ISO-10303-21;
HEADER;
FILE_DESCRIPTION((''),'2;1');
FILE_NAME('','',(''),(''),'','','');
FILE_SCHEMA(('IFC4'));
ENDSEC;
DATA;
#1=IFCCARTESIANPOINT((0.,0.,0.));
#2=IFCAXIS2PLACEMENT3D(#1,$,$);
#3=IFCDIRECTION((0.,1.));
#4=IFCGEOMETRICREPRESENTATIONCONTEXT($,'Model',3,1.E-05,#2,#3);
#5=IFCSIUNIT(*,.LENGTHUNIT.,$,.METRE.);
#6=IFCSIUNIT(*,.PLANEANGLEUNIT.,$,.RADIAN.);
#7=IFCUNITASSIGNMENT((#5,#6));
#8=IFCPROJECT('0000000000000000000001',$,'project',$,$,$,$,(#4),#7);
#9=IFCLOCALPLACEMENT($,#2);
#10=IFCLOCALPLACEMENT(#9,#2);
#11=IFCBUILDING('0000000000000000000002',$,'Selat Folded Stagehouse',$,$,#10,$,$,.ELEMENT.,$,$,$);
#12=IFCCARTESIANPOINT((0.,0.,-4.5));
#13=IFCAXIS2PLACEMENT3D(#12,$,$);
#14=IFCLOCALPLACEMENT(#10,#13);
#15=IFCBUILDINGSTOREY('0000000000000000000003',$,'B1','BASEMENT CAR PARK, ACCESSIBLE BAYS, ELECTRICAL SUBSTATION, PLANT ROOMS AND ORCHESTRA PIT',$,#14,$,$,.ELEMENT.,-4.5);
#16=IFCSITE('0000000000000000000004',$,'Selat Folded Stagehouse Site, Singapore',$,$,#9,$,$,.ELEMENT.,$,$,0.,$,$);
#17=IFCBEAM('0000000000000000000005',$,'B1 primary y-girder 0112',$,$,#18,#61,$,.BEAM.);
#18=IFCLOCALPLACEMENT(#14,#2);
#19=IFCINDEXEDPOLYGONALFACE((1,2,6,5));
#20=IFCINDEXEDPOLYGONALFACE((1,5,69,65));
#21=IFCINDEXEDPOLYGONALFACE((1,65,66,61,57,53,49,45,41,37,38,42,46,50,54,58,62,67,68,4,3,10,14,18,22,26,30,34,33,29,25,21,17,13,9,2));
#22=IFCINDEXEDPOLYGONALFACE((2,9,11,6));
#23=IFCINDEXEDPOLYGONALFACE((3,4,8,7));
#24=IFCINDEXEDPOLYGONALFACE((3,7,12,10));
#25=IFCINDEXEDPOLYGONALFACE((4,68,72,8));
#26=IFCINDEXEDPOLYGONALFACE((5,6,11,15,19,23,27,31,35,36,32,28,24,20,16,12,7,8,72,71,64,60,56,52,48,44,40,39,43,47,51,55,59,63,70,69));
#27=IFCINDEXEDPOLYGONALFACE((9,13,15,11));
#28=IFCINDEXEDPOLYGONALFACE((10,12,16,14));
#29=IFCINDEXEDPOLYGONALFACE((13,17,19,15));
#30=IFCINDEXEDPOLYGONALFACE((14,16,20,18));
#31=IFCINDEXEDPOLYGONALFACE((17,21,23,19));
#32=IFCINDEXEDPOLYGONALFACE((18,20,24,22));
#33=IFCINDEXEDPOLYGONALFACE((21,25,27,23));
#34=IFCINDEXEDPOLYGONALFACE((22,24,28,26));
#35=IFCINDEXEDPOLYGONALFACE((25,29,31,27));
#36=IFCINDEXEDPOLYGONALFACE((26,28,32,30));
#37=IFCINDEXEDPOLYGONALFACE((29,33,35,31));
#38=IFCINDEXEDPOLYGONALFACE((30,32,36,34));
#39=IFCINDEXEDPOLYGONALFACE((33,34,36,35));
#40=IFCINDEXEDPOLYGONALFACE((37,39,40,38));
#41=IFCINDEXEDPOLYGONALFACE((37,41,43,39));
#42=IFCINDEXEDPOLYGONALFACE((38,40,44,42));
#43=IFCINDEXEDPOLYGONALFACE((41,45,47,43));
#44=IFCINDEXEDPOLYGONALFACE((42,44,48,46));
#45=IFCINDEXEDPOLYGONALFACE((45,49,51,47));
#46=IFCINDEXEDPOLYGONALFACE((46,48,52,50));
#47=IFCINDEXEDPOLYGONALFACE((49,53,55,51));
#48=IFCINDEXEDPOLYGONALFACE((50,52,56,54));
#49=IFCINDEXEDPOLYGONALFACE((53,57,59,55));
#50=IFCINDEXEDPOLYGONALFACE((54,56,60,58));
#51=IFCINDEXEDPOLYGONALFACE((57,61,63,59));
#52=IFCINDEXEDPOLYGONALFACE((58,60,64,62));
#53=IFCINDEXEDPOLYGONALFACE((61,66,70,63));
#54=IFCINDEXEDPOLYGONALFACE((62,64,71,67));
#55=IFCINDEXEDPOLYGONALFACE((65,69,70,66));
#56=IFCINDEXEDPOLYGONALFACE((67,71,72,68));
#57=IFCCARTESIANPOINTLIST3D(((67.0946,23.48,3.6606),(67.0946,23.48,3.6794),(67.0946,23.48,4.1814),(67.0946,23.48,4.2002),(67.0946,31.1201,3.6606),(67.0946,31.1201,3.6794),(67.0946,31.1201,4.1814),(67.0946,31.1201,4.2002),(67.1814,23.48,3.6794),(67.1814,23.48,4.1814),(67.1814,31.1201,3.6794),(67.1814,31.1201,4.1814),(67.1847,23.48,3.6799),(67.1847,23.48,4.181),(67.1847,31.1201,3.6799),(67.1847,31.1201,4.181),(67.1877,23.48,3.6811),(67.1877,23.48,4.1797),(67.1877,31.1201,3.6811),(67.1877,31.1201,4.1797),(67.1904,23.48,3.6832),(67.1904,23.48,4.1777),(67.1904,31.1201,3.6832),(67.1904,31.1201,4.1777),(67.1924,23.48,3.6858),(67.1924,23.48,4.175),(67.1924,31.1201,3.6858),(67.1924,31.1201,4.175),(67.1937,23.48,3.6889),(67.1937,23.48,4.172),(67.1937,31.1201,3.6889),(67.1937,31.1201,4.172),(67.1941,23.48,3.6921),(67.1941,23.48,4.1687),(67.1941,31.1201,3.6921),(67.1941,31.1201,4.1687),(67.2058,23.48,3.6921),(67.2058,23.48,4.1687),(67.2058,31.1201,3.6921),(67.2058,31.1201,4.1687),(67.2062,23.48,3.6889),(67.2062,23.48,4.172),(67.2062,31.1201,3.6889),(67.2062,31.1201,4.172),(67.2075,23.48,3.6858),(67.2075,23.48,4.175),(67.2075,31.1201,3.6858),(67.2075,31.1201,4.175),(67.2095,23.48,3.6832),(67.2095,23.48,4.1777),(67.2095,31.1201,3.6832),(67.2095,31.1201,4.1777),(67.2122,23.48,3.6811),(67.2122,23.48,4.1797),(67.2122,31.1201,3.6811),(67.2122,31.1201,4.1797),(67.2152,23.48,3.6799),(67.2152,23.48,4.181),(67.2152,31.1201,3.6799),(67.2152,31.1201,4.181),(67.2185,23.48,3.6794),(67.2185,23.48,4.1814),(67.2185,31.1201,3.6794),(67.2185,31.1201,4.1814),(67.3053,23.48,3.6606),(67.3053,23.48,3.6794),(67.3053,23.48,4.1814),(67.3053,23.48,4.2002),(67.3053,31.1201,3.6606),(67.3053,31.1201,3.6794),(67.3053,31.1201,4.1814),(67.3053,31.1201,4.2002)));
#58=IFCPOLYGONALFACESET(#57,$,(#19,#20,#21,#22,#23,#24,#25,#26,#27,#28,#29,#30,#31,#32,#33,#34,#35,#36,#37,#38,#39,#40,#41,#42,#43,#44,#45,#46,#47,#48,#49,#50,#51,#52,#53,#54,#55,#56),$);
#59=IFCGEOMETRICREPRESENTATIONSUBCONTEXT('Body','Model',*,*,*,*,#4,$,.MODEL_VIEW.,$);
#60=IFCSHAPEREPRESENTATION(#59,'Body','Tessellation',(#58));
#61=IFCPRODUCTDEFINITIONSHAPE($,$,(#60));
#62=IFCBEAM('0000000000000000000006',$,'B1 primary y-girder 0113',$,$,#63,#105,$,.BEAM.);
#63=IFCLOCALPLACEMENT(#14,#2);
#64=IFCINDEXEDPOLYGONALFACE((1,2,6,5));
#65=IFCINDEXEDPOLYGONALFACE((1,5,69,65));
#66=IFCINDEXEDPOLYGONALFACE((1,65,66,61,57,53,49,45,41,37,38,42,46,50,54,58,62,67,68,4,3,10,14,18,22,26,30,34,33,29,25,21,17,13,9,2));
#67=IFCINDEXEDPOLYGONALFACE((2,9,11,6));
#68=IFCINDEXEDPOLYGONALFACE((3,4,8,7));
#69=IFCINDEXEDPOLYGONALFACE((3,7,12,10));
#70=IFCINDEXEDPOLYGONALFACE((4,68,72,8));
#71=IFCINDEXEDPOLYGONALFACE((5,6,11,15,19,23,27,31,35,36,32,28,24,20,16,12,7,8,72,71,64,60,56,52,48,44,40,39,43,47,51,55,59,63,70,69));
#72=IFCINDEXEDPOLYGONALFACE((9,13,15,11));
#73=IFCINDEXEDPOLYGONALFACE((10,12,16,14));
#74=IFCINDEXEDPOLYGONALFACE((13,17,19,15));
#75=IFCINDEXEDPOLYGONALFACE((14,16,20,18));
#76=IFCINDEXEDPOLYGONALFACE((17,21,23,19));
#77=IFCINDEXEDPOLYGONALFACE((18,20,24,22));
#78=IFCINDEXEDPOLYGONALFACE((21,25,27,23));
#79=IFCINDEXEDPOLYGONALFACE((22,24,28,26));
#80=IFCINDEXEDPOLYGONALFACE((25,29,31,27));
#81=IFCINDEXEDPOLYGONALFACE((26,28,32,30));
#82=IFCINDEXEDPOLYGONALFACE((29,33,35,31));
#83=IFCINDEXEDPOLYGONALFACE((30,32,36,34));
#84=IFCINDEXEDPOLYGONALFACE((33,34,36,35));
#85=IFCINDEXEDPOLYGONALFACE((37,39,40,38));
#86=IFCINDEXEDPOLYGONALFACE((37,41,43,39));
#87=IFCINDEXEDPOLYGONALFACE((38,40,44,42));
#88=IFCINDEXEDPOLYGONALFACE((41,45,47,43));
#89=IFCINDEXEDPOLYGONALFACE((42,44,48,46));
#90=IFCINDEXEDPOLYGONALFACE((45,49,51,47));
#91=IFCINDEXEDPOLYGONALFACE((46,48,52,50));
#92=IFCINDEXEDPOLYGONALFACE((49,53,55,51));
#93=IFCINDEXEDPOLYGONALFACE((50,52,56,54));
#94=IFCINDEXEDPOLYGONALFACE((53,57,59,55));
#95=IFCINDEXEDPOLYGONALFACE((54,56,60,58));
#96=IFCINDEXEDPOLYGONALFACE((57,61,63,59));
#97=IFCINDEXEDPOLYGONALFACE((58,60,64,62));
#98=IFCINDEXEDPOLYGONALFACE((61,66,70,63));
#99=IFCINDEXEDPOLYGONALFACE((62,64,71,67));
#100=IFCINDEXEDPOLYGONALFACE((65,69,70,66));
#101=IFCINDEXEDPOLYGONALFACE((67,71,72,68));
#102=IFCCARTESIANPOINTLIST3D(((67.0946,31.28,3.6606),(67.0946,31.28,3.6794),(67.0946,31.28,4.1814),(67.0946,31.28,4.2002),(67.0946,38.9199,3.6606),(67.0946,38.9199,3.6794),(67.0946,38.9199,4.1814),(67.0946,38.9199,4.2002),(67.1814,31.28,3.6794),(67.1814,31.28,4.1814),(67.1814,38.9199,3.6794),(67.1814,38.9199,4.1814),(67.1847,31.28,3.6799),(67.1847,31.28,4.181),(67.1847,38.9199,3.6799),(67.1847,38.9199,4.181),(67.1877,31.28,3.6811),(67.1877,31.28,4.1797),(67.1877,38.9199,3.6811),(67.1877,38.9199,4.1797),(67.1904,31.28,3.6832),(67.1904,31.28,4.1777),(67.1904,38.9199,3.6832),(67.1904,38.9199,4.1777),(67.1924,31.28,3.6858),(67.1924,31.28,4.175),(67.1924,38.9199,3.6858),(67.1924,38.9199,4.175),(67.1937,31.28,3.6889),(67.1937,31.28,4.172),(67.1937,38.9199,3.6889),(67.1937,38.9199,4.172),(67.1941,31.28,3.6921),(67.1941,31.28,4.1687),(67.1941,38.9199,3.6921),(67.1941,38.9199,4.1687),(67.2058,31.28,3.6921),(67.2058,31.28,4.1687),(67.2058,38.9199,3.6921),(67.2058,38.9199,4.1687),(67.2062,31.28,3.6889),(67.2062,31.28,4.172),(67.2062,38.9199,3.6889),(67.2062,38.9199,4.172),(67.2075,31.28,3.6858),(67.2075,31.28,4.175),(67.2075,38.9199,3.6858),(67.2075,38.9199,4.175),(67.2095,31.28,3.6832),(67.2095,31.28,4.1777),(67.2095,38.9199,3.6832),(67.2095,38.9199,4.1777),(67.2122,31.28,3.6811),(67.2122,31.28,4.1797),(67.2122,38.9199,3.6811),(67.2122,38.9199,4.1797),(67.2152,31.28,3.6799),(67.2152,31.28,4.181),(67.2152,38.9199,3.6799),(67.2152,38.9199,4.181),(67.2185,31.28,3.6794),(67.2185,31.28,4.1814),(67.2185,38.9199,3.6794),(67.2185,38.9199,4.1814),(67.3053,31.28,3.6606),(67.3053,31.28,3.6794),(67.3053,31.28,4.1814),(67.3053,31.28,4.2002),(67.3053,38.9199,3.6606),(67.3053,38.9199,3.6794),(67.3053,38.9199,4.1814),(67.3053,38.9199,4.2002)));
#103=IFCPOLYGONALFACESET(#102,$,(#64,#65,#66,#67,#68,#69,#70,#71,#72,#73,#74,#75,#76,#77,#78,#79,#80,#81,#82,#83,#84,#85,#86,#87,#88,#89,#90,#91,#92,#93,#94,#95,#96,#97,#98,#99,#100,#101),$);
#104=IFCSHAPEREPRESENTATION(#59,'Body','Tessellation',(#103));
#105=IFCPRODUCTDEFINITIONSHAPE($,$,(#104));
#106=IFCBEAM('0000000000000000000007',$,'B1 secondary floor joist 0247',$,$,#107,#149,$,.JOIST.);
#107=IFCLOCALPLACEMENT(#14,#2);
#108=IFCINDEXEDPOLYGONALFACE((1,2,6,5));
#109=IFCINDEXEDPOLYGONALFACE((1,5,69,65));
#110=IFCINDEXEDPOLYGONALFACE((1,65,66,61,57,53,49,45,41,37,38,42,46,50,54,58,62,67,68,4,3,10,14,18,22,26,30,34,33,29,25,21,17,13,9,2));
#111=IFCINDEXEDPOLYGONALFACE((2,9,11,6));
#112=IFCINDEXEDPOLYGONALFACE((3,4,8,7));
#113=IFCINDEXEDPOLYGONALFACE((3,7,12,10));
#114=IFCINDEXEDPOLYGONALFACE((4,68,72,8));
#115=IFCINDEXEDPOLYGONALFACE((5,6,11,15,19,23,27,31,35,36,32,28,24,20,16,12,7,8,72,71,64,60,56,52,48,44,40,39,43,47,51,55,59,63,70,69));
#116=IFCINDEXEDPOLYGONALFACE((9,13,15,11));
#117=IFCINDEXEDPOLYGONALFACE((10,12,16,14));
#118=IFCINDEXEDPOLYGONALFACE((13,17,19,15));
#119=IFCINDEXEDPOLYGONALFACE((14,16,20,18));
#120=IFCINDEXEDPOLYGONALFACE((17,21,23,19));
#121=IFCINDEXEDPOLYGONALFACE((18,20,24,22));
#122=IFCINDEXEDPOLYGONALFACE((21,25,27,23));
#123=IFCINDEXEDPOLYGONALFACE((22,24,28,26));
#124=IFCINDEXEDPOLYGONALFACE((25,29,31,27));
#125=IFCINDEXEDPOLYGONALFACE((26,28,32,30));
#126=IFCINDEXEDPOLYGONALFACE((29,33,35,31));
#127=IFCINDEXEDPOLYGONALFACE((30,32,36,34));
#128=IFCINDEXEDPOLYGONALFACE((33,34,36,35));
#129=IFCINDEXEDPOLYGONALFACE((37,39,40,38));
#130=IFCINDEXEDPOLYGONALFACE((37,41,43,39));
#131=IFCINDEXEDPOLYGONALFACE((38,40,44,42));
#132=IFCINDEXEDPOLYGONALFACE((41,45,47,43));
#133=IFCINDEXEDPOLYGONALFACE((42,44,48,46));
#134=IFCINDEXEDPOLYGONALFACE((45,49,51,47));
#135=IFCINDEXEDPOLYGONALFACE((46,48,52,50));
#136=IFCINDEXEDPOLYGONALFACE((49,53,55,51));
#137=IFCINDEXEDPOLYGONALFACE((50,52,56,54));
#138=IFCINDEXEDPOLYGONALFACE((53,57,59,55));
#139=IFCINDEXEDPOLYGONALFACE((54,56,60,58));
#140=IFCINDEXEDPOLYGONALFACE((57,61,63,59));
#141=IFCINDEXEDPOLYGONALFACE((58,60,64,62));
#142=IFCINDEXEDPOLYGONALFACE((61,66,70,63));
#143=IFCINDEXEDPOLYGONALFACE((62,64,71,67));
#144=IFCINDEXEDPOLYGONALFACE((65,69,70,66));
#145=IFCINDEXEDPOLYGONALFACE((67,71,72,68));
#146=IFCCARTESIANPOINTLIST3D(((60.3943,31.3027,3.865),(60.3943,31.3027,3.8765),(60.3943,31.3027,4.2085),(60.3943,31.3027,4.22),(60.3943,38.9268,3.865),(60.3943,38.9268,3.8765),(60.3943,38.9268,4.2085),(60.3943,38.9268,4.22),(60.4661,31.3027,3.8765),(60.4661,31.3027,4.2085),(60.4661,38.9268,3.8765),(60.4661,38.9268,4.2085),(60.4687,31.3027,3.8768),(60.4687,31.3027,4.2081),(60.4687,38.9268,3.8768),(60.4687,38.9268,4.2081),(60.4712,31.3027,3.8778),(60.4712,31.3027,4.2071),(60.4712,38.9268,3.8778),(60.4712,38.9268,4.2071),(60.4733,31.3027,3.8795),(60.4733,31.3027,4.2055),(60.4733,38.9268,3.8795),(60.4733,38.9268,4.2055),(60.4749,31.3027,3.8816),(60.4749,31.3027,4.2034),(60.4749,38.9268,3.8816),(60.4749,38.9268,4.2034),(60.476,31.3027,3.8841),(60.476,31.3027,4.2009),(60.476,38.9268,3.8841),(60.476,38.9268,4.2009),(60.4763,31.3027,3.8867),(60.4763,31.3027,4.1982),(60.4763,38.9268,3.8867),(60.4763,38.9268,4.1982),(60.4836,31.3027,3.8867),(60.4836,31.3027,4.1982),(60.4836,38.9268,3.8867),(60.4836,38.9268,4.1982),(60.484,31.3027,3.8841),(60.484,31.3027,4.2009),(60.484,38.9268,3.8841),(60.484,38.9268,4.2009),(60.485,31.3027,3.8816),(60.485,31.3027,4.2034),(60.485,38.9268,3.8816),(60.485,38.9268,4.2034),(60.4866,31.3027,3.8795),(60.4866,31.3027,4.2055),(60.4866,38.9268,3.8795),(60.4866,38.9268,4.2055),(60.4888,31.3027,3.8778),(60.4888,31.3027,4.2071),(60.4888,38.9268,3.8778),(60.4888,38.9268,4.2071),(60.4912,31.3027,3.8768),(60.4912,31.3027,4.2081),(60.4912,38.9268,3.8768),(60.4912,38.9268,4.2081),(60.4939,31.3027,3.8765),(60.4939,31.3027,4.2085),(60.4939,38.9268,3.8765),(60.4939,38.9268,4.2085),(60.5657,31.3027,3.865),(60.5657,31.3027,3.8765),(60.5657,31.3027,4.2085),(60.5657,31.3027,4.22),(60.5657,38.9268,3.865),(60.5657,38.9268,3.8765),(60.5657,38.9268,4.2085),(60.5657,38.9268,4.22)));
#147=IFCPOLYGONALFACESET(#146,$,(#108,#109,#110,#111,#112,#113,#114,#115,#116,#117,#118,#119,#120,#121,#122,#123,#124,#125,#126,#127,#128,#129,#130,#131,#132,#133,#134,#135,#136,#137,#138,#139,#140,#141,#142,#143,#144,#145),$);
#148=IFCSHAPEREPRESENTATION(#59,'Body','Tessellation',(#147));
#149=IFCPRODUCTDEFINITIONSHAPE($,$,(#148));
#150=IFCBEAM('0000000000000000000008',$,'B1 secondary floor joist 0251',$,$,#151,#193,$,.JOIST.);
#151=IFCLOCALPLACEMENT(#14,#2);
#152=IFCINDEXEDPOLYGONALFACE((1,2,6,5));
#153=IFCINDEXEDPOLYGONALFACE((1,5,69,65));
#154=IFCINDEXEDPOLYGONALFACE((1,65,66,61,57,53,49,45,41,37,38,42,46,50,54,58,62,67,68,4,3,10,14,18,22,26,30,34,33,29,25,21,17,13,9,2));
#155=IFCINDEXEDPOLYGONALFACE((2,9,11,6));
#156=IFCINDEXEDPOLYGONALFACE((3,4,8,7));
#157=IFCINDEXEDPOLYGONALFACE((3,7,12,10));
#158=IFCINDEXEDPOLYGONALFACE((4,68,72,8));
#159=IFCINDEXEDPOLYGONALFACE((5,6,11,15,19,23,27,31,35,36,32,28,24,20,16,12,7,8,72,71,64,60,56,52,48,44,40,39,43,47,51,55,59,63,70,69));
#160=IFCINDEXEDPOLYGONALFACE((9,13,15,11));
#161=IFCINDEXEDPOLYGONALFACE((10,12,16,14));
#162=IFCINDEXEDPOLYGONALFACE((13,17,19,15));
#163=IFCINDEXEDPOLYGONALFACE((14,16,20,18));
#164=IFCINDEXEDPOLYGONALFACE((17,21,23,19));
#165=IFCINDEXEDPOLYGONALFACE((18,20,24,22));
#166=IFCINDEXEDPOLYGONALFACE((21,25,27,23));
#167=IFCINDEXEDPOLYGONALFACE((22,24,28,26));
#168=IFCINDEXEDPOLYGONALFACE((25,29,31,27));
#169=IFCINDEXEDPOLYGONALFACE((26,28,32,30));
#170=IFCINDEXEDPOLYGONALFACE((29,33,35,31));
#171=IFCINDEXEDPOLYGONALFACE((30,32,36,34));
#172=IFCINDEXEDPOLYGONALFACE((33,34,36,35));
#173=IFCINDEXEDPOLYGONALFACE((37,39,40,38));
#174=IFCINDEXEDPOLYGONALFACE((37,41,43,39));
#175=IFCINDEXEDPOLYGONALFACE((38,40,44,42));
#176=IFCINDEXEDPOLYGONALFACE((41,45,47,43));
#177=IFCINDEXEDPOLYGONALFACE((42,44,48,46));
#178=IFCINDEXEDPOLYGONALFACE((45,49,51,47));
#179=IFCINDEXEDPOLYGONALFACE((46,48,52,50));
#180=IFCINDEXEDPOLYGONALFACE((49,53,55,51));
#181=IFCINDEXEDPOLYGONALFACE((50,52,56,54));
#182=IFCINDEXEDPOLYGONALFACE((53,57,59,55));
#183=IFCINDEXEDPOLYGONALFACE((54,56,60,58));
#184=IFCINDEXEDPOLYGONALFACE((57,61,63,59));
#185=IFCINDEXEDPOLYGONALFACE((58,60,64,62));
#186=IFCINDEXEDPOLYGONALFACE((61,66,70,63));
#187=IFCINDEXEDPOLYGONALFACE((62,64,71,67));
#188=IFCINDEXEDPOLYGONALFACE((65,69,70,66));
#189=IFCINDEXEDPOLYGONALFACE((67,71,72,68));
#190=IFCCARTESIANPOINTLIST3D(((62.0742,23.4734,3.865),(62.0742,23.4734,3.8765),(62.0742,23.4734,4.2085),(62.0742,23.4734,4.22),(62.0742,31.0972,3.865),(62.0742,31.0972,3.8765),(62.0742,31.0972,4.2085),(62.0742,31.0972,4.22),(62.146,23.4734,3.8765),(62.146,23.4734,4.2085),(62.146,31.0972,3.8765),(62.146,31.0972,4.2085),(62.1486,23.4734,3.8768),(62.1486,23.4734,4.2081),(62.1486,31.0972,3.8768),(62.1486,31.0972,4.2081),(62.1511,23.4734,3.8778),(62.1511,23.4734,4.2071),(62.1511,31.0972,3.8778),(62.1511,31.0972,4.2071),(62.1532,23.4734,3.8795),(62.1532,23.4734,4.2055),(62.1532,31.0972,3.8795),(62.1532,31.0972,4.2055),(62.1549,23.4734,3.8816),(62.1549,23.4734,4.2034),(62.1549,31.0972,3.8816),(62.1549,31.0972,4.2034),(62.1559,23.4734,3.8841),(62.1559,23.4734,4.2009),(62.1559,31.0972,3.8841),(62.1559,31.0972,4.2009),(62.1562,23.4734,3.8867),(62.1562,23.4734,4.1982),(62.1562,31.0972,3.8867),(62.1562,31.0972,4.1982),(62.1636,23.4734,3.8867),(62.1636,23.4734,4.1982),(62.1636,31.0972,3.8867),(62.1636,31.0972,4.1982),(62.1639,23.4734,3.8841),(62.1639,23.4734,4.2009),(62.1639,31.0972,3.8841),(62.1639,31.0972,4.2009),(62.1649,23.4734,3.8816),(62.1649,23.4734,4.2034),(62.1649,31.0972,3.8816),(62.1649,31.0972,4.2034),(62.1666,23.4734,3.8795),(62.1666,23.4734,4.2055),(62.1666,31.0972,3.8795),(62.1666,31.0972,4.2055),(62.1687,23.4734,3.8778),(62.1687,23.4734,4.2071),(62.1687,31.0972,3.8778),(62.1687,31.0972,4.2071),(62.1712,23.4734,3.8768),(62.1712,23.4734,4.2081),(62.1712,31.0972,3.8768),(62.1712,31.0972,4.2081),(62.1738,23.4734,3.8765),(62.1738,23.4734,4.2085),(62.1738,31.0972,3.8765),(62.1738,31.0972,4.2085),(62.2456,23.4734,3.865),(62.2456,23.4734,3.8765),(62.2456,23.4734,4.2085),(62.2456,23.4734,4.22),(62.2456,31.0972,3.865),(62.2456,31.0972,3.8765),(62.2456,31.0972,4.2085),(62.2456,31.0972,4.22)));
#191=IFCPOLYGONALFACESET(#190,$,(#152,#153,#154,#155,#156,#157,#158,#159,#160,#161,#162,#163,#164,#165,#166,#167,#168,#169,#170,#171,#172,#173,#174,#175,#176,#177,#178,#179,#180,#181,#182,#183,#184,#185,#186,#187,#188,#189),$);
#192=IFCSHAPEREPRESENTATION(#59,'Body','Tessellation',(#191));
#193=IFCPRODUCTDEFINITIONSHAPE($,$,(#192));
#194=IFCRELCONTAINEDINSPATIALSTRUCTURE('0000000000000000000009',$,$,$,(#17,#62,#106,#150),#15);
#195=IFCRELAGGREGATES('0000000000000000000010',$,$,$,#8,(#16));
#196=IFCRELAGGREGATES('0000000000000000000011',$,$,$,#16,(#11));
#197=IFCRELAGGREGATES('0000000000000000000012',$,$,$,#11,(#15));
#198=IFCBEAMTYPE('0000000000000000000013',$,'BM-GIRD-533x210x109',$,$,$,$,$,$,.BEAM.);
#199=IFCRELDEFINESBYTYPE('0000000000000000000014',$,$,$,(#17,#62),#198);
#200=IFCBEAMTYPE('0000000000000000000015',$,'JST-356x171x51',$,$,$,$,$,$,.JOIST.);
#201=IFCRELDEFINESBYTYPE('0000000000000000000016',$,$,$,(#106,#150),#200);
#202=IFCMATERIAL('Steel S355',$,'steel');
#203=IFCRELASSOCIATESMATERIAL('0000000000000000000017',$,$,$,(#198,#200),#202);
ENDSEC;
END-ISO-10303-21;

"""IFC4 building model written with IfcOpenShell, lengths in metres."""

from ifc_helpers import new_model, si_unit, direction, frame, origin, origin_2d, place, context, subcontext, project, spatial, i_section, extrude, material, material_profile, profile_set, type_object, element, save


model = new_model("IFC4")

# Units and contexts
model_context = context("Model", 3, precision=1e-05, world=origin(), true_north=direction((0.0, 1.0)))
body_context = subcontext(model_context, "Body", "Model", "MODEL_VIEW")
ifc_project = project(units=[si_unit("LENGTHUNIT", "METRE"), si_unit("PLANEANGLEUNIT", "RADIAN")], contexts=[model_context])

# Site, building, storey
site_placement = place(None, origin())
site = spatial("IfcSite", under=ifc_project, at=site_placement, Name="Selat Folded Stagehouse Site, Singapore", CompositionType="ELEMENT", RefElevation=0.0)
building_placement = place(site_placement, origin())
building = spatial("IfcBuilding", under=site, at=building_placement, Name="Selat Folded Stagehouse", CompositionType="ELEMENT")
storey_placement = place(building_placement, frame((0.0, 0.0, -4.5)))
storey = spatial("IfcBuildingStorey", under=building, at=storey_placement, Name="B1", Description="BASEMENT CAR PARK, ACCESSIBLE BAYS, ELECTRICAL SUBSTATION, PLANT ROOMS AND ORCHESTRA PIT", CompositionType="ELEMENT", Elevation=-4.5)

# Shared definitions
ifc_material_1 = material(Name="Steel S355", Category="steel")

# Beams
ifc_material_profile_1 = material_profile(ifc_material_1, i_section(OverallWidth=0.2107, OverallDepth=0.5396, WebThickness=0.0117, FlangeThickness=0.0188, FilletRadius=0.0127, at=origin_2d()), Name="UKB 533x210x109")
ifc_profile_set_1 = profile_set([ifc_material_profile_1], Name="Steel S355")
beam_type_1 = type_object("IfcBeamType", Name="BM-GIRD-533x210x109", PredefinedType="BEAM", material=ifc_profile_set_1)
beam_1_placement = place(storey_placement, frame((67.2, 23.48, 3.9304), z_axis=(0.0, 1.0, 0.0), x_axis=(-1.0, 0.0, 0.0)))
element("IfcBeam", 1, at=beam_1_placement, inside=storey, type_object=beam_type_1, Name="B1 primary y-girder 0112", PredefinedType="BEAM", context=body_context, shape_type="SweptSolid", body=[
    extrude(i_section(OverallWidth=0.2107, OverallDepth=0.5396, WebThickness=0.0117, FlangeThickness=0.0188, FilletRadius=0.0127, at=origin_2d()), origin(), (0.0, 0.0, 1.0), 7.6401),
])
beam_2_placement = place(storey_placement, frame((67.2, 31.28, 3.9304), z_axis=(0.0, 1.0, 0.0), x_axis=(-1.0, 0.0, 0.0)))
element("IfcBeam", 2, at=beam_2_placement, inside=storey, type_object=beam_type_1, Name="B1 primary y-girder 0113", PredefinedType="BEAM", context=body_context, shape_type="SweptSolid", body=[
    extrude(i_section(OverallWidth=0.2107, OverallDepth=0.5396, WebThickness=0.0117, FlangeThickness=0.0188, FilletRadius=0.0127, at=origin_2d()), origin(), (0.0, 0.0, 1.0), 7.6399),
])
ifc_material_profile_2 = material_profile(ifc_material_1, i_section(OverallWidth=0.1714, OverallDepth=0.355, WebThickness=0.0073, FlangeThickness=0.0115, FilletRadius=0.0103, at=origin_2d()), Name="UKB 356x171x51")
ifc_profile_set_2 = profile_set([ifc_material_profile_2], Name="Steel S355")
beam_type_2 = type_object("IfcBeamType", Name="JST-356x171x51", PredefinedType="JOIST", material=ifc_profile_set_2)
beam_3_placement = place(storey_placement, frame((60.48, 31.3027, 4.0425), z_axis=(0.0, 1.0, 0.0), x_axis=(-1.0, 0.0, 0.0)))
element("IfcBeam", 3, at=beam_3_placement, inside=storey, type_object=beam_type_2, Name="B1 secondary floor joist 0247", PredefinedType="JOIST", context=body_context, shape_type="SweptSolid", body=[
    extrude(i_section(OverallWidth=0.1714, OverallDepth=0.355, WebThickness=0.0073, FlangeThickness=0.0115, FilletRadius=0.0103, at=origin_2d()), origin(), (0.0, 0.0, 1.0), 7.624),
])
for number, where, z_axis, x_axis, name in (
    (4, (62.1599, 23.4734, 4.0425), (0.0, 1.0, 0.0), (-1.0, 0.0, 0.0), "B1 secondary floor joist 0251"),
):
    element("IfcBeam", number, at=place(storey_placement, frame(where, z_axis=z_axis, x_axis=x_axis)), inside=storey, type_object=beam_type_2, Name=name, PredefinedType="JOIST", context=body_context, shape_type="SweptSolid", body=[
        extrude(i_section(OverallWidth=0.1714, OverallDepth=0.355, WebThickness=0.0073, FlangeThickness=0.0115, FilletRadius=0.0103, at=origin_2d()), origin(), (0.0, 0.0, 1.0), 7.6238),
    ])

save(model, "model.ifc")
